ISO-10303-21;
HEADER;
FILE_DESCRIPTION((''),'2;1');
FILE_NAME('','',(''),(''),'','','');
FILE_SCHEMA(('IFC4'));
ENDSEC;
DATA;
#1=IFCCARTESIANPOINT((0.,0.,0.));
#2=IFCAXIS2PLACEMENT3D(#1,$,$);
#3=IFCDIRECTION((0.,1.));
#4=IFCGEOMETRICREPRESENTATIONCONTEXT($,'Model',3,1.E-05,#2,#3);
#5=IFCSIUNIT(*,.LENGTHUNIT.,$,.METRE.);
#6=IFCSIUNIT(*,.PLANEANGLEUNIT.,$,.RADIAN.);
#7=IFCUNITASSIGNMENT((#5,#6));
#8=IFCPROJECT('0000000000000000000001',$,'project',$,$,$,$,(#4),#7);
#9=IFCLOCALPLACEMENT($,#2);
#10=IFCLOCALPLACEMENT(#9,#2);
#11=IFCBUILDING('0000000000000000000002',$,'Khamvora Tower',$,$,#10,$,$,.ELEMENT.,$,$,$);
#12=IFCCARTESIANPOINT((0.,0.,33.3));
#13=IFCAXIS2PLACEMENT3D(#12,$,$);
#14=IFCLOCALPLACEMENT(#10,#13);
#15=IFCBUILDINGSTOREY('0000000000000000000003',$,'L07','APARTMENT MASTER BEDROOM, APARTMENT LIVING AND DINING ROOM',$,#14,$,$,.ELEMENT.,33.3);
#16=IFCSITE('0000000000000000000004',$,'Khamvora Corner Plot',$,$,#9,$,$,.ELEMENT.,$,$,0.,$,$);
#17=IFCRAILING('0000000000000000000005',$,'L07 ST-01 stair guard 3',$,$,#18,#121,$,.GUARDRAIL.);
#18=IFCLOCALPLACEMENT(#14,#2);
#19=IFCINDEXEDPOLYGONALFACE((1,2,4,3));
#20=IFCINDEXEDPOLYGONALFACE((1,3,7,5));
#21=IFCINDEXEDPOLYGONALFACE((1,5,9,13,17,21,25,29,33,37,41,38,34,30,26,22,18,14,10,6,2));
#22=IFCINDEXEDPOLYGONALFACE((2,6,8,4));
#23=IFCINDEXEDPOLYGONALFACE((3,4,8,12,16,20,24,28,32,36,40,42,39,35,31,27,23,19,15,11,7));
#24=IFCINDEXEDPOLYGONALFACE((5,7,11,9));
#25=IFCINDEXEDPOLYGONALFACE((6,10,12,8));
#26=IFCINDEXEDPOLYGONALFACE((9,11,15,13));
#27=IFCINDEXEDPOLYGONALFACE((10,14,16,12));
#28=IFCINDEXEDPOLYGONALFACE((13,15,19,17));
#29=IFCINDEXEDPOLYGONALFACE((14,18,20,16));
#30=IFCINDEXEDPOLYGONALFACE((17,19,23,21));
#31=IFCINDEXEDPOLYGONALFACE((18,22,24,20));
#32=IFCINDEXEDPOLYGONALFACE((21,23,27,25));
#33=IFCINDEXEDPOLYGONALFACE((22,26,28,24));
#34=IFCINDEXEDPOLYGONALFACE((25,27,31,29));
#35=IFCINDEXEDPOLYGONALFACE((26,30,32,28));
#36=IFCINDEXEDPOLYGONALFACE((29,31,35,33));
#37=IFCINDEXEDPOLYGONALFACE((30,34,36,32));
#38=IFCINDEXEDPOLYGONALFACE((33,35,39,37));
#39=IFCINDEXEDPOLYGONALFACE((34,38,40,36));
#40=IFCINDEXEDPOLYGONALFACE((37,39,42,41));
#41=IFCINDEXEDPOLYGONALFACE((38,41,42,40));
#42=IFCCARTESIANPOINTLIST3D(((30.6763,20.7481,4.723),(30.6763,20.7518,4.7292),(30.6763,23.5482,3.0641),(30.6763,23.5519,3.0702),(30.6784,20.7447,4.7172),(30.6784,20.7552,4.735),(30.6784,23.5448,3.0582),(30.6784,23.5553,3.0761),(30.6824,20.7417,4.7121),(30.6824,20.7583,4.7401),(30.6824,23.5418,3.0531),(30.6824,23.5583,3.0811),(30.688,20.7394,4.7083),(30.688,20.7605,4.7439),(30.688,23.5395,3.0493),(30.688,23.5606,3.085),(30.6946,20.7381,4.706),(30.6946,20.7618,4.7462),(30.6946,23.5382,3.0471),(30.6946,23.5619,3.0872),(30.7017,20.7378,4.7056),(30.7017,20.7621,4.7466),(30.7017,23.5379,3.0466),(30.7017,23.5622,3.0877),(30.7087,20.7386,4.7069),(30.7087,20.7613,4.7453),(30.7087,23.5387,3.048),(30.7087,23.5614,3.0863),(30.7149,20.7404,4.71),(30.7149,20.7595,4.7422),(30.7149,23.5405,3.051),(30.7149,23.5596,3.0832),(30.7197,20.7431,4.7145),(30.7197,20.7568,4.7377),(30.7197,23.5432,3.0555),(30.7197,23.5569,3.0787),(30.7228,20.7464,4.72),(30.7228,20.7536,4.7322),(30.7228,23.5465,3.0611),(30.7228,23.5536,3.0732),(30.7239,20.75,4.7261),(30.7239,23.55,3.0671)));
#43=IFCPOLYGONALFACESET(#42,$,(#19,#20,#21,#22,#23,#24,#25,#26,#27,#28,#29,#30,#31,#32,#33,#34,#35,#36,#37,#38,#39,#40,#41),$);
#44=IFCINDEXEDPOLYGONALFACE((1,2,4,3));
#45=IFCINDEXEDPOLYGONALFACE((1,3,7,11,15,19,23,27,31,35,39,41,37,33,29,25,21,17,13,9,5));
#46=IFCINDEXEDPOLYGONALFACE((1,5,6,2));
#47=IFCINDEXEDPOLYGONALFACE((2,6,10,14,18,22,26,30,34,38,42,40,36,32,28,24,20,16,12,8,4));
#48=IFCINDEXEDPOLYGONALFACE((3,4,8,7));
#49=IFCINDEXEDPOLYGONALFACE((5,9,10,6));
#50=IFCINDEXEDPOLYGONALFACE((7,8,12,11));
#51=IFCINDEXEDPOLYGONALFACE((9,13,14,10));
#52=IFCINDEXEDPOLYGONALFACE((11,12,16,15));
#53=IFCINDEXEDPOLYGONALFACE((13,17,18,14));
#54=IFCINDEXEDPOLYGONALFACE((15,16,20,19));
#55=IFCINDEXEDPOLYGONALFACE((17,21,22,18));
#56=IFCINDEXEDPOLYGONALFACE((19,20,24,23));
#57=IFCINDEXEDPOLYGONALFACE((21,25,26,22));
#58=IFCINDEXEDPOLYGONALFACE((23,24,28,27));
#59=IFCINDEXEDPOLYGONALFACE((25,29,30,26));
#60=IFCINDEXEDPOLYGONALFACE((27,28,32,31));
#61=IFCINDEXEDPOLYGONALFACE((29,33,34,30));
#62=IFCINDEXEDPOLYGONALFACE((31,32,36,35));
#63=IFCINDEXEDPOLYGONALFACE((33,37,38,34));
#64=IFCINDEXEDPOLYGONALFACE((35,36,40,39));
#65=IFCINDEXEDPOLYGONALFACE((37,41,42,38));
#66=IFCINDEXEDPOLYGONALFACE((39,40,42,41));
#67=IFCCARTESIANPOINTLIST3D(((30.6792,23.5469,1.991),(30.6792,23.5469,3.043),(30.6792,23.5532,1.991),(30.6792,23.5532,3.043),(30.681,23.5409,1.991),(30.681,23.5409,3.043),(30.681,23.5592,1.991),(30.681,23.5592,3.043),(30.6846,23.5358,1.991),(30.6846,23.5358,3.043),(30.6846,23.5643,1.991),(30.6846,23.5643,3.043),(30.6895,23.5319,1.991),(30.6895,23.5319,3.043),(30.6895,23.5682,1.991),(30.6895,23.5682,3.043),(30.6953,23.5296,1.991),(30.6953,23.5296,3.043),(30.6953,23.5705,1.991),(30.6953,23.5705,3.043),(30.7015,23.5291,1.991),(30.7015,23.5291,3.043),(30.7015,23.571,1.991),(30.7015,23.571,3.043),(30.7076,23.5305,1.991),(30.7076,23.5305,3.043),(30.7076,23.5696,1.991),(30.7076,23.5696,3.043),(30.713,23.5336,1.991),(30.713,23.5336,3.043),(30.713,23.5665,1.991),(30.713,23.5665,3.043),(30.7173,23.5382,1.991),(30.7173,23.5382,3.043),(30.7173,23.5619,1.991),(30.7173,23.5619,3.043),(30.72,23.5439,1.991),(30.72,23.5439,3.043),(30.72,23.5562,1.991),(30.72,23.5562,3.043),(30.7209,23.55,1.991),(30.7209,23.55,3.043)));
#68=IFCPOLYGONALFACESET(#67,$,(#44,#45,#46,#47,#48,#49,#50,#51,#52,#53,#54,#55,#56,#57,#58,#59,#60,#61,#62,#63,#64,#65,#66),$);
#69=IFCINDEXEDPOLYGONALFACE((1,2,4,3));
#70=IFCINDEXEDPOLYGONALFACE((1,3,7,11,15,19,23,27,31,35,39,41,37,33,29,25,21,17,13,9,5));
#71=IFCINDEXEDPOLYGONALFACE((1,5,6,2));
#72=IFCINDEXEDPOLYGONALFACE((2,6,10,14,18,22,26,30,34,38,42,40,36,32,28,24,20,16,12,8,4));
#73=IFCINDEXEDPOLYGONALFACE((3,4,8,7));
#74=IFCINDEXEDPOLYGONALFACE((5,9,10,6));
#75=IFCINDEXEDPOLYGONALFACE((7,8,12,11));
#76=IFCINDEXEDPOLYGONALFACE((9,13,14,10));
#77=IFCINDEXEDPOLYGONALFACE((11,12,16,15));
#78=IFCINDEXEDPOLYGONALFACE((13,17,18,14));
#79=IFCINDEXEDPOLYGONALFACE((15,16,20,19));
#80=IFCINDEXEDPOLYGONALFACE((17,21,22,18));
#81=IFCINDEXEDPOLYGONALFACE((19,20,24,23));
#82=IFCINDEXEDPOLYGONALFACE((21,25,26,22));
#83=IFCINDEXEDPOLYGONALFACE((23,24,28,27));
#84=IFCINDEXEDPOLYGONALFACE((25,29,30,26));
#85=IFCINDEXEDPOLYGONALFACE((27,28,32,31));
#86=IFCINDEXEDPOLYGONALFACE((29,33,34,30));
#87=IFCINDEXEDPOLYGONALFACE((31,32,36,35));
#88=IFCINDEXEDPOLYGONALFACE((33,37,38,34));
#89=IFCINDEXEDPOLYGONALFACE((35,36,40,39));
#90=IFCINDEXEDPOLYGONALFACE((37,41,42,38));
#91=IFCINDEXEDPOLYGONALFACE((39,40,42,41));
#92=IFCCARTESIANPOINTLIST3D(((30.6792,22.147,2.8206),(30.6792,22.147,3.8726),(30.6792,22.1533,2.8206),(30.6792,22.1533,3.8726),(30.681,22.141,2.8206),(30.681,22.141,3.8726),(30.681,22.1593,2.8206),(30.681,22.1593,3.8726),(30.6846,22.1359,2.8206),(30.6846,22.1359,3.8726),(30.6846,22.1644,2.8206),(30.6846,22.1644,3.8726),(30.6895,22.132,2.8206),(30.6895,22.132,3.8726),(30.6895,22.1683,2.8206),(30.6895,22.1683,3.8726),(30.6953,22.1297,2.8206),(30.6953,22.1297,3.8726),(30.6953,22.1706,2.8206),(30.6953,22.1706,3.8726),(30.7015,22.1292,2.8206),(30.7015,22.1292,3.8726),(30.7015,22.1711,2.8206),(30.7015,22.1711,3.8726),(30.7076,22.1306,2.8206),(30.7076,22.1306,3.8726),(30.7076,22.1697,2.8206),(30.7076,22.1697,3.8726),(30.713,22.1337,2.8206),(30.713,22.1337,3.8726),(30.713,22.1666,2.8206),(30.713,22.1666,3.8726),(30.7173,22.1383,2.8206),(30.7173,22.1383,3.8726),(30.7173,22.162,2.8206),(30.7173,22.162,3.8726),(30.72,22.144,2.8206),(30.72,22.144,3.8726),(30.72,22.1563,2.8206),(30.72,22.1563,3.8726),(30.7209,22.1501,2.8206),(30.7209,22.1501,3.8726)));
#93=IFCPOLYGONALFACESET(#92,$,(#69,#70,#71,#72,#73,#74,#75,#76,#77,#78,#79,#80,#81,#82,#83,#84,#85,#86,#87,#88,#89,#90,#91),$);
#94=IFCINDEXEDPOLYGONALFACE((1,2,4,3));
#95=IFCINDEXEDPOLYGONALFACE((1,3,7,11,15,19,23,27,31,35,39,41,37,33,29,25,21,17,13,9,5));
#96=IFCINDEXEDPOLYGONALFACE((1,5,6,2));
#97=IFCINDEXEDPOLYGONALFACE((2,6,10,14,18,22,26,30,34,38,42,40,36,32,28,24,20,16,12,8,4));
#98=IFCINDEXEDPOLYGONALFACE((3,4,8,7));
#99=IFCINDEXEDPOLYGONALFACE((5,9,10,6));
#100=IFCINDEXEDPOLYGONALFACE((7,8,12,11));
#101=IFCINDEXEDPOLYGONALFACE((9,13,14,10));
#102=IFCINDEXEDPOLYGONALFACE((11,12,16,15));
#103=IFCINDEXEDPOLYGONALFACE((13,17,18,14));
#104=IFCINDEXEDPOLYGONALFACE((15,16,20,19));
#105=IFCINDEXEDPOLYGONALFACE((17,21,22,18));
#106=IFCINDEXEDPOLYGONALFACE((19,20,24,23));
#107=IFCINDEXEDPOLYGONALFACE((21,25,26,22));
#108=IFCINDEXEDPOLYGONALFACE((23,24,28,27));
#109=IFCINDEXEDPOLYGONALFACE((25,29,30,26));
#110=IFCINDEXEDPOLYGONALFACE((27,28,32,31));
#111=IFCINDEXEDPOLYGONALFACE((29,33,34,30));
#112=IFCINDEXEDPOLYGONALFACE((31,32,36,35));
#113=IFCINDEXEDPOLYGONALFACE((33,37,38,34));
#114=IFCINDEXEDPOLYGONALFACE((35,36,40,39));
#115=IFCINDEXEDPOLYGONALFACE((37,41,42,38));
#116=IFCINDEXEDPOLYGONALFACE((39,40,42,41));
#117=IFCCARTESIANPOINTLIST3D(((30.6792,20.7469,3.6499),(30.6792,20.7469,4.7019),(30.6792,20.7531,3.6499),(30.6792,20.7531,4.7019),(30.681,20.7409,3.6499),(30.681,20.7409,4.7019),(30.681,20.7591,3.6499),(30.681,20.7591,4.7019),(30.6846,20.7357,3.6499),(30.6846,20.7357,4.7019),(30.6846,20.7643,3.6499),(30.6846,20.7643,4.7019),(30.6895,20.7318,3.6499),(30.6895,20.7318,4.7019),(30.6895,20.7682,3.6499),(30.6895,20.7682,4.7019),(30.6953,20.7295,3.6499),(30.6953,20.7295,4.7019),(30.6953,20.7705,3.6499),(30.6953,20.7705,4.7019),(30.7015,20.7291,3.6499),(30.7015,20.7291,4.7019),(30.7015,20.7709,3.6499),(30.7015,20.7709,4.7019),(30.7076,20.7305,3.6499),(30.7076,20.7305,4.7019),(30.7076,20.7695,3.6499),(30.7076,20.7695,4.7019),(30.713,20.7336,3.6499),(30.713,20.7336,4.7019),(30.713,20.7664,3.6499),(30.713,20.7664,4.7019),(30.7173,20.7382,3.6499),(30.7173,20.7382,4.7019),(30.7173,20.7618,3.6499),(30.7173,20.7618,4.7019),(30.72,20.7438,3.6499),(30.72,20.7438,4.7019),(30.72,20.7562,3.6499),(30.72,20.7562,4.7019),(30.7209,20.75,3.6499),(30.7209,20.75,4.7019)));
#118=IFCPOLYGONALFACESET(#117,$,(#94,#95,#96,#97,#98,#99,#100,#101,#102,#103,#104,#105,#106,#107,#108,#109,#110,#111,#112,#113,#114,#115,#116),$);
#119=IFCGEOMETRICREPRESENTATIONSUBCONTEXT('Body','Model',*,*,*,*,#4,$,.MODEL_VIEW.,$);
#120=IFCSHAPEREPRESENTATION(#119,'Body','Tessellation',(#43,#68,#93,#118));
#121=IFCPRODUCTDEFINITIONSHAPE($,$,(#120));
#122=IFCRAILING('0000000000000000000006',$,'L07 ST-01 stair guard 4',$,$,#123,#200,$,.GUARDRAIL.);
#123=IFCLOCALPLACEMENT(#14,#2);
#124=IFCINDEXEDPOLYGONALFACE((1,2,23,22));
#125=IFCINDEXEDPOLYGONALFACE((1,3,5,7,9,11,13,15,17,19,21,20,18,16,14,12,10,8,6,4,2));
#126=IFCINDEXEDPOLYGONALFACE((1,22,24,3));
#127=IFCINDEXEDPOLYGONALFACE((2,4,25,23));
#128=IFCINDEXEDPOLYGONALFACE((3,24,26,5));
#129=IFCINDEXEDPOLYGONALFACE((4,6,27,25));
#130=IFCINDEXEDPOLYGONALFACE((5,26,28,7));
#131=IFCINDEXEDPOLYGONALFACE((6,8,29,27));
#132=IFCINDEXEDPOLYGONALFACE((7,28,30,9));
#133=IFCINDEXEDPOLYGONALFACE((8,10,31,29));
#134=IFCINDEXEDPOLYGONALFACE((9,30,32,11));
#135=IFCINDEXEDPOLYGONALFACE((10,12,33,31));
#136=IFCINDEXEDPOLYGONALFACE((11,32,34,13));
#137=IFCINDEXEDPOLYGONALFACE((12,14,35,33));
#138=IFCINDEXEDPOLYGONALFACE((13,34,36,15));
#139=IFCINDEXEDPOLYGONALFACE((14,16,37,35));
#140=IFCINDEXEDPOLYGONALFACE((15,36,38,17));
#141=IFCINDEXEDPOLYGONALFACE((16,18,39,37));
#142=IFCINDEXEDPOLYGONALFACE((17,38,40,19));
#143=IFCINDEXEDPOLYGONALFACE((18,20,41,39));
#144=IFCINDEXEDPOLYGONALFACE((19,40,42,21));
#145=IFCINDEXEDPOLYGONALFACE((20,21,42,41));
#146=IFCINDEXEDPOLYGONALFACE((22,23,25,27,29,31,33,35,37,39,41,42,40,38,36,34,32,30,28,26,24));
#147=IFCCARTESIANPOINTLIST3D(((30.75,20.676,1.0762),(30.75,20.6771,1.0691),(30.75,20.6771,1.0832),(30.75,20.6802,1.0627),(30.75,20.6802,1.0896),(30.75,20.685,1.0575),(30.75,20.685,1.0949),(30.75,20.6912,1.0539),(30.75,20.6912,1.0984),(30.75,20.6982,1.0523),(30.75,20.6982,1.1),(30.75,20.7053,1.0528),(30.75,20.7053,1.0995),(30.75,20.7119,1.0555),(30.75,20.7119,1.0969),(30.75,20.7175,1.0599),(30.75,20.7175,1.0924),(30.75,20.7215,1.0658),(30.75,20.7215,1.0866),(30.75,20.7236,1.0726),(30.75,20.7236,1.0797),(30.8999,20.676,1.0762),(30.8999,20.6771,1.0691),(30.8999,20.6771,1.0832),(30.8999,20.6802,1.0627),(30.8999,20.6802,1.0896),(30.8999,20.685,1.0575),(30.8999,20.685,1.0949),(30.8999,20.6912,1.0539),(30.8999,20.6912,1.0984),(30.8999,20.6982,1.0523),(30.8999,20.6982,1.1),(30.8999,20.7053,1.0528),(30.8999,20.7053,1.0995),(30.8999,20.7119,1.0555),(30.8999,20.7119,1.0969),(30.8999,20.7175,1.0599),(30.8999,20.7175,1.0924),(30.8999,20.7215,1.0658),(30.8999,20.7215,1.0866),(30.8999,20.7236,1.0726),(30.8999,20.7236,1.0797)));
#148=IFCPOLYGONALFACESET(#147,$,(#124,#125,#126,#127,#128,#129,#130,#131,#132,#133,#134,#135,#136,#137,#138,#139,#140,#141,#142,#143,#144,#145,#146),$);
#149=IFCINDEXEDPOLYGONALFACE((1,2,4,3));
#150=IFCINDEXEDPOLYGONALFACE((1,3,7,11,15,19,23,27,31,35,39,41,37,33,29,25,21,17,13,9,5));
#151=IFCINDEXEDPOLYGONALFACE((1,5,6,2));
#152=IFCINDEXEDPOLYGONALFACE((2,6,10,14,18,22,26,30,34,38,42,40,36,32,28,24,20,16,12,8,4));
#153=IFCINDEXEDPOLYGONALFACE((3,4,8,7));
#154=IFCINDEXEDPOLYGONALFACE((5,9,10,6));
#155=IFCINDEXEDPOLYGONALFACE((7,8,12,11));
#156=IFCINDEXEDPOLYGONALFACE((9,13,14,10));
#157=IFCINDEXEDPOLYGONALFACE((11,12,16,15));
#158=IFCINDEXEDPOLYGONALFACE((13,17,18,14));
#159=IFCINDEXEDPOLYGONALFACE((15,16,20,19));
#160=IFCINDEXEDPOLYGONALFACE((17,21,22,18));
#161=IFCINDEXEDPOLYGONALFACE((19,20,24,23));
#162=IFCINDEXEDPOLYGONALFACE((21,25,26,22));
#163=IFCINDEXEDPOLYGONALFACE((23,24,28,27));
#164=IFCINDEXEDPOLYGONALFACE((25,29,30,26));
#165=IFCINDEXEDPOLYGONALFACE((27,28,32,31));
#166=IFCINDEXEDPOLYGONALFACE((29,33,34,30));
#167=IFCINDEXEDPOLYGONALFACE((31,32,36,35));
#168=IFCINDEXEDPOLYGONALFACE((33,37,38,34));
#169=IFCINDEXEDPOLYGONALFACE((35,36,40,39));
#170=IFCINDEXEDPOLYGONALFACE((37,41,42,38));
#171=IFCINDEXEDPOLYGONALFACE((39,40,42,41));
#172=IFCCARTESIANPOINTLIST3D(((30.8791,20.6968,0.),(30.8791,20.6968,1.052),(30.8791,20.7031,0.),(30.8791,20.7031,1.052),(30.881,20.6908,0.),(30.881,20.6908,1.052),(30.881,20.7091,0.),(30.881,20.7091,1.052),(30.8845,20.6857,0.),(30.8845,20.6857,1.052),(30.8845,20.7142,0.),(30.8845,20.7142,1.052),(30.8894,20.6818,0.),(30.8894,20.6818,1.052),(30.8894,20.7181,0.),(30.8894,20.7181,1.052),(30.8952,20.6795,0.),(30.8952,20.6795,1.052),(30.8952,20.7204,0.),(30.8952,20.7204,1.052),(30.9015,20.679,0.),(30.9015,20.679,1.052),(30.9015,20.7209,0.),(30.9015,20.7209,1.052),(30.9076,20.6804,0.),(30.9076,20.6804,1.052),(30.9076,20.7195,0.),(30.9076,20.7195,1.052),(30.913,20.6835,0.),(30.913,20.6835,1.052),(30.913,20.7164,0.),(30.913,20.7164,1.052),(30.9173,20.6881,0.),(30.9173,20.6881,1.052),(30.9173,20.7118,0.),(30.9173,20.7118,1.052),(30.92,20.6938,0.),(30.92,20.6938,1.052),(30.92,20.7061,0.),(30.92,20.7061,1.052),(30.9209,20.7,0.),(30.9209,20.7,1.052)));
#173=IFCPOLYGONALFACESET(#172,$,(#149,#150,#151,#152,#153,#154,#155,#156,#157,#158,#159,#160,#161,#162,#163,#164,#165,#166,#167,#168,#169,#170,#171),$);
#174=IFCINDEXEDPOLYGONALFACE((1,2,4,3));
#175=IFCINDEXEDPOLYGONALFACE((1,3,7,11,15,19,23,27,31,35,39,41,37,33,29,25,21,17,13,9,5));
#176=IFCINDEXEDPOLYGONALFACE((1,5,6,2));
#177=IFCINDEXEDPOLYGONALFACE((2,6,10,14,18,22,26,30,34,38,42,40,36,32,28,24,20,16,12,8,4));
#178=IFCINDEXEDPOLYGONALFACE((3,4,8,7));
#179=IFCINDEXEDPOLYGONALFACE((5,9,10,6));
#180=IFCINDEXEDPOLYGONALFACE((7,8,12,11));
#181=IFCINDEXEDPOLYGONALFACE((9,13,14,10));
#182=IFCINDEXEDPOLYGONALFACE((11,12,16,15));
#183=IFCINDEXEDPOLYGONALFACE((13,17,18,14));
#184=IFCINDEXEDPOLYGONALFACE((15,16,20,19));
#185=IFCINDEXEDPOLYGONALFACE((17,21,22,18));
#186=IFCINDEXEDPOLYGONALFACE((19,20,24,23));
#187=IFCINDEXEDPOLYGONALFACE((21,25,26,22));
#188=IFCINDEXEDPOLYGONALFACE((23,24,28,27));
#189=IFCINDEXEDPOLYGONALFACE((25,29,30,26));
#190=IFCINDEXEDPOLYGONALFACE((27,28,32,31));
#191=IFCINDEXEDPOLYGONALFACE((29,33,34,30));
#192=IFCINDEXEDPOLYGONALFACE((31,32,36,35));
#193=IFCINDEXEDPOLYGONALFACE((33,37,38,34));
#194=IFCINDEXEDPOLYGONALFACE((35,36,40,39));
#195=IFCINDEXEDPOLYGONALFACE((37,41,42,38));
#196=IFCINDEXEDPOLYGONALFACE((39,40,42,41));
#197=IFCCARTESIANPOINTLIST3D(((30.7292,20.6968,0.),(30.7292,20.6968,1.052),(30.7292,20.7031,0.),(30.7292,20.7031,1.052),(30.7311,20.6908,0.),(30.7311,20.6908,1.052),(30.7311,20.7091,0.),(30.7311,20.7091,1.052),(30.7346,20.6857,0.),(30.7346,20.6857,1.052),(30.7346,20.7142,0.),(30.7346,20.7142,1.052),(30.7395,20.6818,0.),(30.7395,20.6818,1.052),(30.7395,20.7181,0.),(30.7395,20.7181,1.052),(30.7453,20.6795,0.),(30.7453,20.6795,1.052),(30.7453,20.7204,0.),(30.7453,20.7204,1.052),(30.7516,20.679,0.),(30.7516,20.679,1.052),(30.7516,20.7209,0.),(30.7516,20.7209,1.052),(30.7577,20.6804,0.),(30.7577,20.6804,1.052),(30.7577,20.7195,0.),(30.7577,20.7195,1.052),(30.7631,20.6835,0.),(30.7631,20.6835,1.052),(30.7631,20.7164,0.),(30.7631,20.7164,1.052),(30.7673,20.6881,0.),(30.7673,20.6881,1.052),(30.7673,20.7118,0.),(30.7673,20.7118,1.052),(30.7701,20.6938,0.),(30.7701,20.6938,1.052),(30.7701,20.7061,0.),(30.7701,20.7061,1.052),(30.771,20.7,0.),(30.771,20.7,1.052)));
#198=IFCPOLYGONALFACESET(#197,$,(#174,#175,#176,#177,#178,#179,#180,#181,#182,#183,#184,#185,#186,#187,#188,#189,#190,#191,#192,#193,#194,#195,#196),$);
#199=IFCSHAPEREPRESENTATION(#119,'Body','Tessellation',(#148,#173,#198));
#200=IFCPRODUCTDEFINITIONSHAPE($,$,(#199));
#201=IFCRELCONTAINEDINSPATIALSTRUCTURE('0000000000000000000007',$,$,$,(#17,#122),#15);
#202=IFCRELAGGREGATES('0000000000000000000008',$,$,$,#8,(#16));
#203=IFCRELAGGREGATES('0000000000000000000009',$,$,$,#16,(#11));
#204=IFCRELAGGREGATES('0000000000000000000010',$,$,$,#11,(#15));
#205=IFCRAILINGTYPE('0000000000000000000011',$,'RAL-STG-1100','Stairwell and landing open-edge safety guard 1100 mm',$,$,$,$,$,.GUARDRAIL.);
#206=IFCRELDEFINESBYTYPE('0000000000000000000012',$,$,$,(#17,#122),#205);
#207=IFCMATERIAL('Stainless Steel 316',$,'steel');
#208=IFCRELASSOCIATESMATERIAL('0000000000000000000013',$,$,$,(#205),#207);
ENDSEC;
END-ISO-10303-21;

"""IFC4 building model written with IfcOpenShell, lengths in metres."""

from ifc_helpers import new_model, si_unit, direction, frame, origin, origin_2d, place, context, subcontext, project, spatial, circle, extrude, material, type_object, element, save


model = new_model("IFC4")

# Units and contexts
model_context = context("Model", 3, precision=1e-05, world=origin(), true_north=direction((0.0, 1.0)))
body_context = subcontext(model_context, "Body", "Model", "MODEL_VIEW")
ifc_project = project(units=[si_unit("LENGTHUNIT", "METRE"), si_unit("PLANEANGLEUNIT", "RADIAN")], contexts=[model_context])

# Site, building, storey
site_placement = place(None, origin())
site = spatial("IfcSite", under=ifc_project, at=site_placement, Name="Khamvora Corner Plot", CompositionType="ELEMENT", RefElevation=0.0)
building_placement = place(site_placement, origin())
building = spatial("IfcBuilding", under=site, at=building_placement, Name="Khamvora Tower", CompositionType="ELEMENT")
storey_placement = place(building_placement, frame((0.0, 0.0, 33.3)))
storey = spatial("IfcBuildingStorey", under=building, at=storey_placement, Name="L07", Description="APARTMENT MASTER BEDROOM, APARTMENT LIVING AND DINING ROOM", CompositionType="ELEMENT", Elevation=33.3)

# Railings
ifc_material_1 = material(Name="Stainless Steel 316", Category="steel")
railing_type_1 = type_object("IfcRailingType", Name="RAL-STG-1100", Description="Stairwell and landing open-edge safety guard 1100 mm", PredefinedType="GUARDRAIL", material=ifc_material_1)
railing_1_placement = place(storey_placement, frame((30.7, 23.55, 1.991)))
element("IfcRailing", 1, at=railing_1_placement, inside=storey, type_object=railing_type_1, Name="L07 ST-01 stair guard 3", PredefinedType="GUARDRAIL", context=body_context, shape_type="SweptSolid", body=[
    extrude(circle(Radius=0.0239, at=origin_2d()), frame((0.0, 0.0, 1.0762), z_axis=(0.0, -0.860339, 0.509722), x_axis=(1.0, 0.0, 0.0)), (0.0, 0.0, 1.0), 3.2546),
    extrude(circle(Radius=0.021, at=origin_2d()), origin(), (0.0, 0.0, 1.0), 1.052),
    extrude(circle(Radius=0.021, at=origin_2d()), frame((0.0, -1.3999, 0.8296)), (0.0, 0.0, 1.0), 1.052),
    extrude(circle(Radius=0.021, at=origin_2d()), frame((0.0, -2.8, 1.6589)), (0.0, 0.0, 1.0), 1.052),
])
railing_2_placement = place(storey_placement, frame((30.8999, 20.7, 0.0)))
element("IfcRailing", 2, at=railing_2_placement, inside=storey, type_object=railing_type_1, Name="L07 ST-01 stair guard 4", PredefinedType="GUARDRAIL", context=body_context, shape_type="SweptSolid", body=[
    extrude(circle(Radius=0.0239, at=origin_2d()), frame((0.0, 0.0, 1.0762), z_axis=(-1.0, 0.0, 0.0), x_axis=(0.0, -1.0, 0.0)), (0.0, 0.0, 1.0), 0.1499),
    extrude(circle(Radius=0.021, at=origin_2d()), origin(), (0.0, 0.0, 1.0), 1.052),
    extrude(circle(Radius=0.021, at=origin_2d()), frame((-0.1499, 0.0, 0.0)), (0.0, 0.0, 1.0), 1.052),
])

save(model, "model.ifc")
